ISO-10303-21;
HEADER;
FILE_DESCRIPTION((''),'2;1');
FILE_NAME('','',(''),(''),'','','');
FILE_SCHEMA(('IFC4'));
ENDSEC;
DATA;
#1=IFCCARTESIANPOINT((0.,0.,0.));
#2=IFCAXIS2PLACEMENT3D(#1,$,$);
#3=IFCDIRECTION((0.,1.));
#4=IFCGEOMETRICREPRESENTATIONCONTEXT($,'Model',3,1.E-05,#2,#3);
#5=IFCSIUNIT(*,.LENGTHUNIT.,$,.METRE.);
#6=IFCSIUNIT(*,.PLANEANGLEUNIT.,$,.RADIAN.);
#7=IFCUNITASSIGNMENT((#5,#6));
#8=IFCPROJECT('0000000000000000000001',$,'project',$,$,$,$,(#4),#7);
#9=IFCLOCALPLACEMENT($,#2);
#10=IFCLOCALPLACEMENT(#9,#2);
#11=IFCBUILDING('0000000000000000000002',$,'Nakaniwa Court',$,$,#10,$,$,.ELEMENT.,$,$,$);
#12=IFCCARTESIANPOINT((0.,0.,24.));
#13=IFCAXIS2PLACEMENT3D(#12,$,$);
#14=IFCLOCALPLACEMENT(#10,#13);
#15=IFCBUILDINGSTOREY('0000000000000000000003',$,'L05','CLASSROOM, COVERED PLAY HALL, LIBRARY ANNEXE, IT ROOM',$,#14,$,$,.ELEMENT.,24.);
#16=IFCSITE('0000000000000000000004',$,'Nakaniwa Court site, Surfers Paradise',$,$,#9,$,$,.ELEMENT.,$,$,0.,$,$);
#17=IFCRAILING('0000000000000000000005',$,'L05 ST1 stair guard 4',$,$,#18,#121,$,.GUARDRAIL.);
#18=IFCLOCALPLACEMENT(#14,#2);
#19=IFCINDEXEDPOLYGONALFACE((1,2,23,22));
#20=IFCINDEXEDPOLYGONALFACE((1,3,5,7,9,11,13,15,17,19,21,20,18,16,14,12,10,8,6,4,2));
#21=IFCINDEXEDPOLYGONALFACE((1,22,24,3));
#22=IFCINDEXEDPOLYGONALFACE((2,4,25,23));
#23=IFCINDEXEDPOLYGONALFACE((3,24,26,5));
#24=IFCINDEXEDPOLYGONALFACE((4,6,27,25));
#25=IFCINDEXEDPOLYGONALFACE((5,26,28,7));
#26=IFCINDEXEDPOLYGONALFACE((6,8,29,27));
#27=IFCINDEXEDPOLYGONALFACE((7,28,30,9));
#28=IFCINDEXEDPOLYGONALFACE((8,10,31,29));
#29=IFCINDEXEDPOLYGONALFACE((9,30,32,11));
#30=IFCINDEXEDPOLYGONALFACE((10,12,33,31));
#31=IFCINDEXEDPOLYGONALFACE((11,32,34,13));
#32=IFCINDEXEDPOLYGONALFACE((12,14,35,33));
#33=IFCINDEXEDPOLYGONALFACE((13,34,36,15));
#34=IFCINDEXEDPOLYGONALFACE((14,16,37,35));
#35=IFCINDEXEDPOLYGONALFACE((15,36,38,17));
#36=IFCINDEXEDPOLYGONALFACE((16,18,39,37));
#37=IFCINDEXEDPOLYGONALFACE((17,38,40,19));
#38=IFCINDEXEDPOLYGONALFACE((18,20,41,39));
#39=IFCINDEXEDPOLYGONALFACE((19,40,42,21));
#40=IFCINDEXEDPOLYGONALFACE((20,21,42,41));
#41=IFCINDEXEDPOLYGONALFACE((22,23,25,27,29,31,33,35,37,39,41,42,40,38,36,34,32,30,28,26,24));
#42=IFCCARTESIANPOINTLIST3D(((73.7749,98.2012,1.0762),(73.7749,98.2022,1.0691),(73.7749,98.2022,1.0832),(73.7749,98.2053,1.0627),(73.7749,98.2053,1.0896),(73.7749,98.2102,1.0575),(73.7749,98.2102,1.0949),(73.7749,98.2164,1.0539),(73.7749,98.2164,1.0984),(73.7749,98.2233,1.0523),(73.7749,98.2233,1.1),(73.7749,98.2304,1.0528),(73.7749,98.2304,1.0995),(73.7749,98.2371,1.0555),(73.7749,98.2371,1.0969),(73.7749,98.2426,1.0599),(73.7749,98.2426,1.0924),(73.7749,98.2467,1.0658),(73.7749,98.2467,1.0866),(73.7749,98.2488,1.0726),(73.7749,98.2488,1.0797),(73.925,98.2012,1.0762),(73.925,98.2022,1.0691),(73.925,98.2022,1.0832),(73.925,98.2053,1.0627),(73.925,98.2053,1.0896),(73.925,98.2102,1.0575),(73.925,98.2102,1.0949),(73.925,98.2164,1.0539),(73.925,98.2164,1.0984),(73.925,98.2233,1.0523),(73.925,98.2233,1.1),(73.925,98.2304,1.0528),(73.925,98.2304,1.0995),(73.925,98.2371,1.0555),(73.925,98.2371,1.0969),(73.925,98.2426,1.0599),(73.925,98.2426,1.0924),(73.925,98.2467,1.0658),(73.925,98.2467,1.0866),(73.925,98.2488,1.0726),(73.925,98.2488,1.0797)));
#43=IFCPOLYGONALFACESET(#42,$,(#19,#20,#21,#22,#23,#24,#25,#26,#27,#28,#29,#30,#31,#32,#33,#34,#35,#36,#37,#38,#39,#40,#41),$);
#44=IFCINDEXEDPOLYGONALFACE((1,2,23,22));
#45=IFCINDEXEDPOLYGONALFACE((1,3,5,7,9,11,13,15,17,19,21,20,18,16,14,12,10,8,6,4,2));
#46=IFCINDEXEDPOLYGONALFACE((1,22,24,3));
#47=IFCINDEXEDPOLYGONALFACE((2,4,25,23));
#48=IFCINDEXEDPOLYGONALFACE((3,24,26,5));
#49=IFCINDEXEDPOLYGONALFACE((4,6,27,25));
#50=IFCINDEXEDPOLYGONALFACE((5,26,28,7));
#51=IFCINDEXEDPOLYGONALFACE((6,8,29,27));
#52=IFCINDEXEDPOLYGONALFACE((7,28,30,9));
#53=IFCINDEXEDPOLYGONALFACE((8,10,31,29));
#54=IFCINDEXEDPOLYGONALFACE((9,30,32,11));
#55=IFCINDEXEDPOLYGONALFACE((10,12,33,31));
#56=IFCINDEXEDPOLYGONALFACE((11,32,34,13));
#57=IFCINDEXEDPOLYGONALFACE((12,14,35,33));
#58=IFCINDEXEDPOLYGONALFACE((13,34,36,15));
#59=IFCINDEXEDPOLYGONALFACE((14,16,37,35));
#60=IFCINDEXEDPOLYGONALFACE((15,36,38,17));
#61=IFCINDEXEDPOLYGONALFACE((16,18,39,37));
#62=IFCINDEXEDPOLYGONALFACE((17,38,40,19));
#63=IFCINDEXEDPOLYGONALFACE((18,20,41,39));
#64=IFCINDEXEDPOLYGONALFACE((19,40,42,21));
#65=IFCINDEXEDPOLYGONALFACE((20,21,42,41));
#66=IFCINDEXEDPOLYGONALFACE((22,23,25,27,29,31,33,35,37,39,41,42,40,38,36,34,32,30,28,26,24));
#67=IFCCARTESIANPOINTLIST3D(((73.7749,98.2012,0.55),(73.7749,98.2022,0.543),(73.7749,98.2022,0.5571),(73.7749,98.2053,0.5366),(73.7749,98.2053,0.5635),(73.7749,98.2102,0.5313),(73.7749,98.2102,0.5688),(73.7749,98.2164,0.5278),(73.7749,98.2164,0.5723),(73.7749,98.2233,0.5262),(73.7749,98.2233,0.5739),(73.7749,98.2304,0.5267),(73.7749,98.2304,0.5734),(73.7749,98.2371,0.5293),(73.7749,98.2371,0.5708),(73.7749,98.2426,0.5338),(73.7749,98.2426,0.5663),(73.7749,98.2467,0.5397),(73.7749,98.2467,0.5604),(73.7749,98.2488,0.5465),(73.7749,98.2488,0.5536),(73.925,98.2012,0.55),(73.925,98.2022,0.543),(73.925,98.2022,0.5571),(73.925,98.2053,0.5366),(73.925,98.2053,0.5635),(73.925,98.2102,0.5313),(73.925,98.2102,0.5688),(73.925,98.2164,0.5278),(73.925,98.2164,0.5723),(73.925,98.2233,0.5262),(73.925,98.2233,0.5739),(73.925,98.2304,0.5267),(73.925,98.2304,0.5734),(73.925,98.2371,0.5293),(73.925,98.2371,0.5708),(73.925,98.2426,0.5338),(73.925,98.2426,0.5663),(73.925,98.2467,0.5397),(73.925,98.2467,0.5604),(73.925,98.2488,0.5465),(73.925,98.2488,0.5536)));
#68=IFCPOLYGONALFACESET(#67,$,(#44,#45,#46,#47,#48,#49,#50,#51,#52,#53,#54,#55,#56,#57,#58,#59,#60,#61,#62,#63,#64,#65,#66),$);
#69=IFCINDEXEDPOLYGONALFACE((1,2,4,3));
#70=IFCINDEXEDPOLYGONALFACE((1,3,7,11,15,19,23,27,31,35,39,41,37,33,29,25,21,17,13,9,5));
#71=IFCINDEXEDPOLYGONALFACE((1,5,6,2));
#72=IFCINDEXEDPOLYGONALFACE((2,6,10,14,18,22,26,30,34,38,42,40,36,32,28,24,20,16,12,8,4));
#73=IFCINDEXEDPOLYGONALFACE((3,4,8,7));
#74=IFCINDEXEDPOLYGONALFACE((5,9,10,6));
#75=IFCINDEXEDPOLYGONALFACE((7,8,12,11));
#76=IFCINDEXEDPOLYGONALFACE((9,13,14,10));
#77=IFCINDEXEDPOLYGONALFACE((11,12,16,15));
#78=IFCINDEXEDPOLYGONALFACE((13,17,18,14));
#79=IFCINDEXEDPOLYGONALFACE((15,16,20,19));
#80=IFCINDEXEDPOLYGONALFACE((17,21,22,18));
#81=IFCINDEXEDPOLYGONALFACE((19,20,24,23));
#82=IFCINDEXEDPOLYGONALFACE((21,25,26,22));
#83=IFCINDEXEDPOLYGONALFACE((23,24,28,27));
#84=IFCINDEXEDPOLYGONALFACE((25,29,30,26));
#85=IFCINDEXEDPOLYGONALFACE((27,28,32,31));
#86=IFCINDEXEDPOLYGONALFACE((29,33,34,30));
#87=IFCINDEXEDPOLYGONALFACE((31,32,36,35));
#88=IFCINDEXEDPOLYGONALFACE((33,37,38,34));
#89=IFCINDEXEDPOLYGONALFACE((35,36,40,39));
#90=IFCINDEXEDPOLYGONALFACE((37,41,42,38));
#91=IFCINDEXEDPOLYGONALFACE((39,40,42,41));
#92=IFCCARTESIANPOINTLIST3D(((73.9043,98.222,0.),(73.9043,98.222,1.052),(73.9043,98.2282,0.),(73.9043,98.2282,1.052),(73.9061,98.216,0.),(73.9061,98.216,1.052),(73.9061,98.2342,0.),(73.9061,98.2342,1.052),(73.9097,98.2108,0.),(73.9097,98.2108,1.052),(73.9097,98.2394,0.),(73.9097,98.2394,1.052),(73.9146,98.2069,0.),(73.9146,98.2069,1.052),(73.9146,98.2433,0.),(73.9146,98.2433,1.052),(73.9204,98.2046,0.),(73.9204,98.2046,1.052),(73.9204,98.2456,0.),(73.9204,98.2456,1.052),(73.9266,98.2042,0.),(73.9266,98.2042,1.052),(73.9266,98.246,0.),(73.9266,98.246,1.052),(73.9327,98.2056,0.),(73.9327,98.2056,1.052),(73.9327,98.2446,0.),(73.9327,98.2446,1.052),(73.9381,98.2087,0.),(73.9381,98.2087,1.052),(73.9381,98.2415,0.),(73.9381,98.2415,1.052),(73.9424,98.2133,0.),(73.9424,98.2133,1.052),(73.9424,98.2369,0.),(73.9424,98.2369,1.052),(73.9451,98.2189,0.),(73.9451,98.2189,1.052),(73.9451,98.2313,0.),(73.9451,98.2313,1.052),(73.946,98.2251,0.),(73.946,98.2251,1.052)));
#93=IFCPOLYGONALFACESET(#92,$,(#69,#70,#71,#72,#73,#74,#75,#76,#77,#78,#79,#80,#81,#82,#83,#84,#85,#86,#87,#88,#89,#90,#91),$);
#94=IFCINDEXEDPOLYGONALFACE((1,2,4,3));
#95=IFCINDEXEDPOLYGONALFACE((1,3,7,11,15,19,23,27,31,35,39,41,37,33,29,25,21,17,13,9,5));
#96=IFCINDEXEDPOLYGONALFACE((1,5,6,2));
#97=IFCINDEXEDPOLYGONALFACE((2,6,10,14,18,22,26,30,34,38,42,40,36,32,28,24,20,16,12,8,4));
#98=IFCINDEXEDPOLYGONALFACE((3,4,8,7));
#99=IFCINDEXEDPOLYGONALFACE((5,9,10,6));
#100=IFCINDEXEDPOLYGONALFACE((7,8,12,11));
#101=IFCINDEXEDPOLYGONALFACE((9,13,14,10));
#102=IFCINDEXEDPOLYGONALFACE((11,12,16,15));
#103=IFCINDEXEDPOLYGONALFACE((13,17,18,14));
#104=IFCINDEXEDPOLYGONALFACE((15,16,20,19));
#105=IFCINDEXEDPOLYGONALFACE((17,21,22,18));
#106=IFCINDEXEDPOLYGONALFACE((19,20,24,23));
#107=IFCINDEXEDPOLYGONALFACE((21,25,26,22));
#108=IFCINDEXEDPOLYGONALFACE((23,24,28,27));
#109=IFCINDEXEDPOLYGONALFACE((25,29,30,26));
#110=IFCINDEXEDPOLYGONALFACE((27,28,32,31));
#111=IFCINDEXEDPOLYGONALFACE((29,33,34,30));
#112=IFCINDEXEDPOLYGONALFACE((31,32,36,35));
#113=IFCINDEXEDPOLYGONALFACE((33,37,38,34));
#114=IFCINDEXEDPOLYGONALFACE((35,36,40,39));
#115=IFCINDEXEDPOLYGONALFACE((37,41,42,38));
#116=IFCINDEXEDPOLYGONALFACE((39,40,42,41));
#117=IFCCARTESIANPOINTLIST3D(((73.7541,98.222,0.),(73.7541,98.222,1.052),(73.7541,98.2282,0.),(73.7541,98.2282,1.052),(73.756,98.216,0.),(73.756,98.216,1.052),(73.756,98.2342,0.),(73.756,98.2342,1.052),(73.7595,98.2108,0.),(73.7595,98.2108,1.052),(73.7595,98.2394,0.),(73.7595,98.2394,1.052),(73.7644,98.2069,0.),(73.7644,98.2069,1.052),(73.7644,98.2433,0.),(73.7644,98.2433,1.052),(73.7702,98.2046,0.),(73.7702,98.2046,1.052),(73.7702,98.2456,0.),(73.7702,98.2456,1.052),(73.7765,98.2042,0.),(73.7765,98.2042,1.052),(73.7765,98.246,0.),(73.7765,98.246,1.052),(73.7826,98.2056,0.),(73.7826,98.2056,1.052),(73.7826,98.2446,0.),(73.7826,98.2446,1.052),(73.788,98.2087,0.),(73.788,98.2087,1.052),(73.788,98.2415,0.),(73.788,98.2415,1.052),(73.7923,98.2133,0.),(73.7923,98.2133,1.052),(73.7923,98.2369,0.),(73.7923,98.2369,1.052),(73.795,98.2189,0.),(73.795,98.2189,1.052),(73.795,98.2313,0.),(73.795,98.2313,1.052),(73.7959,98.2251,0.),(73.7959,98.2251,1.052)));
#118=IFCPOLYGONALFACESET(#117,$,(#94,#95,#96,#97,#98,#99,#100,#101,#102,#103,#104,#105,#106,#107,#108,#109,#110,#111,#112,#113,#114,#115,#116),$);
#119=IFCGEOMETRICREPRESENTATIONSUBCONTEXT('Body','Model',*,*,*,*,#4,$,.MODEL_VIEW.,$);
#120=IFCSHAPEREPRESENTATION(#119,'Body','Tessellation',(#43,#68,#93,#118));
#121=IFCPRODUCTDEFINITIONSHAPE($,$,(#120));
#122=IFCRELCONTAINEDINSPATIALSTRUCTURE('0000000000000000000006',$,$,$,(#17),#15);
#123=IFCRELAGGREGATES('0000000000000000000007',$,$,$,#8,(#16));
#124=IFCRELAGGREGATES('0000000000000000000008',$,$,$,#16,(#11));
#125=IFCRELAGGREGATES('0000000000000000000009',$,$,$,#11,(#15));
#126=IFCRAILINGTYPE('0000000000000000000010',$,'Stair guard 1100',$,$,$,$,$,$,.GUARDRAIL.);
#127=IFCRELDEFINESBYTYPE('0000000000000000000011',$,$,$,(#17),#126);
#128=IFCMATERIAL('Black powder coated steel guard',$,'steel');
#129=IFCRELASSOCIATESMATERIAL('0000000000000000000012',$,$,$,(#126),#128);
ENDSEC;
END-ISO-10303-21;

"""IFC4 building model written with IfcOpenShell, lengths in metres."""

from ifc_helpers import new_model, si_unit, direction, frame, origin, origin_2d, place, context, subcontext, project, spatial, circle, extrude, material, type_object, element, save


model = new_model("IFC4")

# Units and contexts
model_context = context("Model", 3, precision=1e-05, world=origin(), true_north=direction((0.0, 1.0)))
body_context = subcontext(model_context, "Body", "Model", "MODEL_VIEW")
ifc_project = project(units=[si_unit("LENGTHUNIT", "METRE"), si_unit("PLANEANGLEUNIT", "RADIAN")], contexts=[model_context])

# Site, building, storey
site_placement = place(None, origin())
site = spatial("IfcSite", under=ifc_project, at=site_placement, Name="Nakaniwa Court site, Surfers Paradise", CompositionType="ELEMENT", RefElevation=0.0)
building_placement = place(site_placement, origin())
building = spatial("IfcBuilding", under=site, at=building_placement, Name="Nakaniwa Court", CompositionType="ELEMENT")
storey_placement = place(building_placement, frame((0.0, 0.0, 24.0)))
storey = spatial("IfcBuildingStorey", under=building, at=storey_placement, Name="L05", Description="CLASSROOM, COVERED PLAY HALL, LIBRARY ANNEXE, IT ROOM", CompositionType="ELEMENT", Elevation=24.0)

# Railing
ifc_material_1 = material(Name="Black powder coated steel guard", Category="steel")
railing_type_1 = type_object("IfcRailingType", Name="Stair guard 1100", PredefinedType="GUARDRAIL", material=ifc_material_1)
railing_1_placement = place(storey_placement, frame((73.925, 98.2251, 0.0)))
element("IfcRailing", 1, at=railing_1_placement, inside=storey, type_object=railing_type_1, Name="L05 ST1 stair guard 4", PredefinedType="GUARDRAIL", context=body_context, shape_type="SweptSolid", body=[
    extrude(circle(Radius=0.0239, at=origin_2d()), frame((0.0, 0.0, 1.0762), z_axis=(-1.0, 0.0, 0.0), x_axis=(0.0, -1.0, 0.0)), (0.0, 0.0, 1.0), 0.1501),
    extrude(circle(Radius=0.0239, at=origin_2d()), frame((0.0, 0.0, 0.55), z_axis=(-1.0, 0.0, 0.0), x_axis=(0.0, -1.0, 0.0)), (0.0, 0.0, 1.0), 0.1501),
    extrude(circle(Radius=0.021, at=origin_2d()), origin(), (0.0, 0.0, 1.0), 1.052),
    extrude(circle(Radius=0.021, at=origin_2d()), frame((-0.1501, 0.0, 0.0)), (0.0, 0.0, 1.0), 1.052),
])

save(model, "model.ifc")
